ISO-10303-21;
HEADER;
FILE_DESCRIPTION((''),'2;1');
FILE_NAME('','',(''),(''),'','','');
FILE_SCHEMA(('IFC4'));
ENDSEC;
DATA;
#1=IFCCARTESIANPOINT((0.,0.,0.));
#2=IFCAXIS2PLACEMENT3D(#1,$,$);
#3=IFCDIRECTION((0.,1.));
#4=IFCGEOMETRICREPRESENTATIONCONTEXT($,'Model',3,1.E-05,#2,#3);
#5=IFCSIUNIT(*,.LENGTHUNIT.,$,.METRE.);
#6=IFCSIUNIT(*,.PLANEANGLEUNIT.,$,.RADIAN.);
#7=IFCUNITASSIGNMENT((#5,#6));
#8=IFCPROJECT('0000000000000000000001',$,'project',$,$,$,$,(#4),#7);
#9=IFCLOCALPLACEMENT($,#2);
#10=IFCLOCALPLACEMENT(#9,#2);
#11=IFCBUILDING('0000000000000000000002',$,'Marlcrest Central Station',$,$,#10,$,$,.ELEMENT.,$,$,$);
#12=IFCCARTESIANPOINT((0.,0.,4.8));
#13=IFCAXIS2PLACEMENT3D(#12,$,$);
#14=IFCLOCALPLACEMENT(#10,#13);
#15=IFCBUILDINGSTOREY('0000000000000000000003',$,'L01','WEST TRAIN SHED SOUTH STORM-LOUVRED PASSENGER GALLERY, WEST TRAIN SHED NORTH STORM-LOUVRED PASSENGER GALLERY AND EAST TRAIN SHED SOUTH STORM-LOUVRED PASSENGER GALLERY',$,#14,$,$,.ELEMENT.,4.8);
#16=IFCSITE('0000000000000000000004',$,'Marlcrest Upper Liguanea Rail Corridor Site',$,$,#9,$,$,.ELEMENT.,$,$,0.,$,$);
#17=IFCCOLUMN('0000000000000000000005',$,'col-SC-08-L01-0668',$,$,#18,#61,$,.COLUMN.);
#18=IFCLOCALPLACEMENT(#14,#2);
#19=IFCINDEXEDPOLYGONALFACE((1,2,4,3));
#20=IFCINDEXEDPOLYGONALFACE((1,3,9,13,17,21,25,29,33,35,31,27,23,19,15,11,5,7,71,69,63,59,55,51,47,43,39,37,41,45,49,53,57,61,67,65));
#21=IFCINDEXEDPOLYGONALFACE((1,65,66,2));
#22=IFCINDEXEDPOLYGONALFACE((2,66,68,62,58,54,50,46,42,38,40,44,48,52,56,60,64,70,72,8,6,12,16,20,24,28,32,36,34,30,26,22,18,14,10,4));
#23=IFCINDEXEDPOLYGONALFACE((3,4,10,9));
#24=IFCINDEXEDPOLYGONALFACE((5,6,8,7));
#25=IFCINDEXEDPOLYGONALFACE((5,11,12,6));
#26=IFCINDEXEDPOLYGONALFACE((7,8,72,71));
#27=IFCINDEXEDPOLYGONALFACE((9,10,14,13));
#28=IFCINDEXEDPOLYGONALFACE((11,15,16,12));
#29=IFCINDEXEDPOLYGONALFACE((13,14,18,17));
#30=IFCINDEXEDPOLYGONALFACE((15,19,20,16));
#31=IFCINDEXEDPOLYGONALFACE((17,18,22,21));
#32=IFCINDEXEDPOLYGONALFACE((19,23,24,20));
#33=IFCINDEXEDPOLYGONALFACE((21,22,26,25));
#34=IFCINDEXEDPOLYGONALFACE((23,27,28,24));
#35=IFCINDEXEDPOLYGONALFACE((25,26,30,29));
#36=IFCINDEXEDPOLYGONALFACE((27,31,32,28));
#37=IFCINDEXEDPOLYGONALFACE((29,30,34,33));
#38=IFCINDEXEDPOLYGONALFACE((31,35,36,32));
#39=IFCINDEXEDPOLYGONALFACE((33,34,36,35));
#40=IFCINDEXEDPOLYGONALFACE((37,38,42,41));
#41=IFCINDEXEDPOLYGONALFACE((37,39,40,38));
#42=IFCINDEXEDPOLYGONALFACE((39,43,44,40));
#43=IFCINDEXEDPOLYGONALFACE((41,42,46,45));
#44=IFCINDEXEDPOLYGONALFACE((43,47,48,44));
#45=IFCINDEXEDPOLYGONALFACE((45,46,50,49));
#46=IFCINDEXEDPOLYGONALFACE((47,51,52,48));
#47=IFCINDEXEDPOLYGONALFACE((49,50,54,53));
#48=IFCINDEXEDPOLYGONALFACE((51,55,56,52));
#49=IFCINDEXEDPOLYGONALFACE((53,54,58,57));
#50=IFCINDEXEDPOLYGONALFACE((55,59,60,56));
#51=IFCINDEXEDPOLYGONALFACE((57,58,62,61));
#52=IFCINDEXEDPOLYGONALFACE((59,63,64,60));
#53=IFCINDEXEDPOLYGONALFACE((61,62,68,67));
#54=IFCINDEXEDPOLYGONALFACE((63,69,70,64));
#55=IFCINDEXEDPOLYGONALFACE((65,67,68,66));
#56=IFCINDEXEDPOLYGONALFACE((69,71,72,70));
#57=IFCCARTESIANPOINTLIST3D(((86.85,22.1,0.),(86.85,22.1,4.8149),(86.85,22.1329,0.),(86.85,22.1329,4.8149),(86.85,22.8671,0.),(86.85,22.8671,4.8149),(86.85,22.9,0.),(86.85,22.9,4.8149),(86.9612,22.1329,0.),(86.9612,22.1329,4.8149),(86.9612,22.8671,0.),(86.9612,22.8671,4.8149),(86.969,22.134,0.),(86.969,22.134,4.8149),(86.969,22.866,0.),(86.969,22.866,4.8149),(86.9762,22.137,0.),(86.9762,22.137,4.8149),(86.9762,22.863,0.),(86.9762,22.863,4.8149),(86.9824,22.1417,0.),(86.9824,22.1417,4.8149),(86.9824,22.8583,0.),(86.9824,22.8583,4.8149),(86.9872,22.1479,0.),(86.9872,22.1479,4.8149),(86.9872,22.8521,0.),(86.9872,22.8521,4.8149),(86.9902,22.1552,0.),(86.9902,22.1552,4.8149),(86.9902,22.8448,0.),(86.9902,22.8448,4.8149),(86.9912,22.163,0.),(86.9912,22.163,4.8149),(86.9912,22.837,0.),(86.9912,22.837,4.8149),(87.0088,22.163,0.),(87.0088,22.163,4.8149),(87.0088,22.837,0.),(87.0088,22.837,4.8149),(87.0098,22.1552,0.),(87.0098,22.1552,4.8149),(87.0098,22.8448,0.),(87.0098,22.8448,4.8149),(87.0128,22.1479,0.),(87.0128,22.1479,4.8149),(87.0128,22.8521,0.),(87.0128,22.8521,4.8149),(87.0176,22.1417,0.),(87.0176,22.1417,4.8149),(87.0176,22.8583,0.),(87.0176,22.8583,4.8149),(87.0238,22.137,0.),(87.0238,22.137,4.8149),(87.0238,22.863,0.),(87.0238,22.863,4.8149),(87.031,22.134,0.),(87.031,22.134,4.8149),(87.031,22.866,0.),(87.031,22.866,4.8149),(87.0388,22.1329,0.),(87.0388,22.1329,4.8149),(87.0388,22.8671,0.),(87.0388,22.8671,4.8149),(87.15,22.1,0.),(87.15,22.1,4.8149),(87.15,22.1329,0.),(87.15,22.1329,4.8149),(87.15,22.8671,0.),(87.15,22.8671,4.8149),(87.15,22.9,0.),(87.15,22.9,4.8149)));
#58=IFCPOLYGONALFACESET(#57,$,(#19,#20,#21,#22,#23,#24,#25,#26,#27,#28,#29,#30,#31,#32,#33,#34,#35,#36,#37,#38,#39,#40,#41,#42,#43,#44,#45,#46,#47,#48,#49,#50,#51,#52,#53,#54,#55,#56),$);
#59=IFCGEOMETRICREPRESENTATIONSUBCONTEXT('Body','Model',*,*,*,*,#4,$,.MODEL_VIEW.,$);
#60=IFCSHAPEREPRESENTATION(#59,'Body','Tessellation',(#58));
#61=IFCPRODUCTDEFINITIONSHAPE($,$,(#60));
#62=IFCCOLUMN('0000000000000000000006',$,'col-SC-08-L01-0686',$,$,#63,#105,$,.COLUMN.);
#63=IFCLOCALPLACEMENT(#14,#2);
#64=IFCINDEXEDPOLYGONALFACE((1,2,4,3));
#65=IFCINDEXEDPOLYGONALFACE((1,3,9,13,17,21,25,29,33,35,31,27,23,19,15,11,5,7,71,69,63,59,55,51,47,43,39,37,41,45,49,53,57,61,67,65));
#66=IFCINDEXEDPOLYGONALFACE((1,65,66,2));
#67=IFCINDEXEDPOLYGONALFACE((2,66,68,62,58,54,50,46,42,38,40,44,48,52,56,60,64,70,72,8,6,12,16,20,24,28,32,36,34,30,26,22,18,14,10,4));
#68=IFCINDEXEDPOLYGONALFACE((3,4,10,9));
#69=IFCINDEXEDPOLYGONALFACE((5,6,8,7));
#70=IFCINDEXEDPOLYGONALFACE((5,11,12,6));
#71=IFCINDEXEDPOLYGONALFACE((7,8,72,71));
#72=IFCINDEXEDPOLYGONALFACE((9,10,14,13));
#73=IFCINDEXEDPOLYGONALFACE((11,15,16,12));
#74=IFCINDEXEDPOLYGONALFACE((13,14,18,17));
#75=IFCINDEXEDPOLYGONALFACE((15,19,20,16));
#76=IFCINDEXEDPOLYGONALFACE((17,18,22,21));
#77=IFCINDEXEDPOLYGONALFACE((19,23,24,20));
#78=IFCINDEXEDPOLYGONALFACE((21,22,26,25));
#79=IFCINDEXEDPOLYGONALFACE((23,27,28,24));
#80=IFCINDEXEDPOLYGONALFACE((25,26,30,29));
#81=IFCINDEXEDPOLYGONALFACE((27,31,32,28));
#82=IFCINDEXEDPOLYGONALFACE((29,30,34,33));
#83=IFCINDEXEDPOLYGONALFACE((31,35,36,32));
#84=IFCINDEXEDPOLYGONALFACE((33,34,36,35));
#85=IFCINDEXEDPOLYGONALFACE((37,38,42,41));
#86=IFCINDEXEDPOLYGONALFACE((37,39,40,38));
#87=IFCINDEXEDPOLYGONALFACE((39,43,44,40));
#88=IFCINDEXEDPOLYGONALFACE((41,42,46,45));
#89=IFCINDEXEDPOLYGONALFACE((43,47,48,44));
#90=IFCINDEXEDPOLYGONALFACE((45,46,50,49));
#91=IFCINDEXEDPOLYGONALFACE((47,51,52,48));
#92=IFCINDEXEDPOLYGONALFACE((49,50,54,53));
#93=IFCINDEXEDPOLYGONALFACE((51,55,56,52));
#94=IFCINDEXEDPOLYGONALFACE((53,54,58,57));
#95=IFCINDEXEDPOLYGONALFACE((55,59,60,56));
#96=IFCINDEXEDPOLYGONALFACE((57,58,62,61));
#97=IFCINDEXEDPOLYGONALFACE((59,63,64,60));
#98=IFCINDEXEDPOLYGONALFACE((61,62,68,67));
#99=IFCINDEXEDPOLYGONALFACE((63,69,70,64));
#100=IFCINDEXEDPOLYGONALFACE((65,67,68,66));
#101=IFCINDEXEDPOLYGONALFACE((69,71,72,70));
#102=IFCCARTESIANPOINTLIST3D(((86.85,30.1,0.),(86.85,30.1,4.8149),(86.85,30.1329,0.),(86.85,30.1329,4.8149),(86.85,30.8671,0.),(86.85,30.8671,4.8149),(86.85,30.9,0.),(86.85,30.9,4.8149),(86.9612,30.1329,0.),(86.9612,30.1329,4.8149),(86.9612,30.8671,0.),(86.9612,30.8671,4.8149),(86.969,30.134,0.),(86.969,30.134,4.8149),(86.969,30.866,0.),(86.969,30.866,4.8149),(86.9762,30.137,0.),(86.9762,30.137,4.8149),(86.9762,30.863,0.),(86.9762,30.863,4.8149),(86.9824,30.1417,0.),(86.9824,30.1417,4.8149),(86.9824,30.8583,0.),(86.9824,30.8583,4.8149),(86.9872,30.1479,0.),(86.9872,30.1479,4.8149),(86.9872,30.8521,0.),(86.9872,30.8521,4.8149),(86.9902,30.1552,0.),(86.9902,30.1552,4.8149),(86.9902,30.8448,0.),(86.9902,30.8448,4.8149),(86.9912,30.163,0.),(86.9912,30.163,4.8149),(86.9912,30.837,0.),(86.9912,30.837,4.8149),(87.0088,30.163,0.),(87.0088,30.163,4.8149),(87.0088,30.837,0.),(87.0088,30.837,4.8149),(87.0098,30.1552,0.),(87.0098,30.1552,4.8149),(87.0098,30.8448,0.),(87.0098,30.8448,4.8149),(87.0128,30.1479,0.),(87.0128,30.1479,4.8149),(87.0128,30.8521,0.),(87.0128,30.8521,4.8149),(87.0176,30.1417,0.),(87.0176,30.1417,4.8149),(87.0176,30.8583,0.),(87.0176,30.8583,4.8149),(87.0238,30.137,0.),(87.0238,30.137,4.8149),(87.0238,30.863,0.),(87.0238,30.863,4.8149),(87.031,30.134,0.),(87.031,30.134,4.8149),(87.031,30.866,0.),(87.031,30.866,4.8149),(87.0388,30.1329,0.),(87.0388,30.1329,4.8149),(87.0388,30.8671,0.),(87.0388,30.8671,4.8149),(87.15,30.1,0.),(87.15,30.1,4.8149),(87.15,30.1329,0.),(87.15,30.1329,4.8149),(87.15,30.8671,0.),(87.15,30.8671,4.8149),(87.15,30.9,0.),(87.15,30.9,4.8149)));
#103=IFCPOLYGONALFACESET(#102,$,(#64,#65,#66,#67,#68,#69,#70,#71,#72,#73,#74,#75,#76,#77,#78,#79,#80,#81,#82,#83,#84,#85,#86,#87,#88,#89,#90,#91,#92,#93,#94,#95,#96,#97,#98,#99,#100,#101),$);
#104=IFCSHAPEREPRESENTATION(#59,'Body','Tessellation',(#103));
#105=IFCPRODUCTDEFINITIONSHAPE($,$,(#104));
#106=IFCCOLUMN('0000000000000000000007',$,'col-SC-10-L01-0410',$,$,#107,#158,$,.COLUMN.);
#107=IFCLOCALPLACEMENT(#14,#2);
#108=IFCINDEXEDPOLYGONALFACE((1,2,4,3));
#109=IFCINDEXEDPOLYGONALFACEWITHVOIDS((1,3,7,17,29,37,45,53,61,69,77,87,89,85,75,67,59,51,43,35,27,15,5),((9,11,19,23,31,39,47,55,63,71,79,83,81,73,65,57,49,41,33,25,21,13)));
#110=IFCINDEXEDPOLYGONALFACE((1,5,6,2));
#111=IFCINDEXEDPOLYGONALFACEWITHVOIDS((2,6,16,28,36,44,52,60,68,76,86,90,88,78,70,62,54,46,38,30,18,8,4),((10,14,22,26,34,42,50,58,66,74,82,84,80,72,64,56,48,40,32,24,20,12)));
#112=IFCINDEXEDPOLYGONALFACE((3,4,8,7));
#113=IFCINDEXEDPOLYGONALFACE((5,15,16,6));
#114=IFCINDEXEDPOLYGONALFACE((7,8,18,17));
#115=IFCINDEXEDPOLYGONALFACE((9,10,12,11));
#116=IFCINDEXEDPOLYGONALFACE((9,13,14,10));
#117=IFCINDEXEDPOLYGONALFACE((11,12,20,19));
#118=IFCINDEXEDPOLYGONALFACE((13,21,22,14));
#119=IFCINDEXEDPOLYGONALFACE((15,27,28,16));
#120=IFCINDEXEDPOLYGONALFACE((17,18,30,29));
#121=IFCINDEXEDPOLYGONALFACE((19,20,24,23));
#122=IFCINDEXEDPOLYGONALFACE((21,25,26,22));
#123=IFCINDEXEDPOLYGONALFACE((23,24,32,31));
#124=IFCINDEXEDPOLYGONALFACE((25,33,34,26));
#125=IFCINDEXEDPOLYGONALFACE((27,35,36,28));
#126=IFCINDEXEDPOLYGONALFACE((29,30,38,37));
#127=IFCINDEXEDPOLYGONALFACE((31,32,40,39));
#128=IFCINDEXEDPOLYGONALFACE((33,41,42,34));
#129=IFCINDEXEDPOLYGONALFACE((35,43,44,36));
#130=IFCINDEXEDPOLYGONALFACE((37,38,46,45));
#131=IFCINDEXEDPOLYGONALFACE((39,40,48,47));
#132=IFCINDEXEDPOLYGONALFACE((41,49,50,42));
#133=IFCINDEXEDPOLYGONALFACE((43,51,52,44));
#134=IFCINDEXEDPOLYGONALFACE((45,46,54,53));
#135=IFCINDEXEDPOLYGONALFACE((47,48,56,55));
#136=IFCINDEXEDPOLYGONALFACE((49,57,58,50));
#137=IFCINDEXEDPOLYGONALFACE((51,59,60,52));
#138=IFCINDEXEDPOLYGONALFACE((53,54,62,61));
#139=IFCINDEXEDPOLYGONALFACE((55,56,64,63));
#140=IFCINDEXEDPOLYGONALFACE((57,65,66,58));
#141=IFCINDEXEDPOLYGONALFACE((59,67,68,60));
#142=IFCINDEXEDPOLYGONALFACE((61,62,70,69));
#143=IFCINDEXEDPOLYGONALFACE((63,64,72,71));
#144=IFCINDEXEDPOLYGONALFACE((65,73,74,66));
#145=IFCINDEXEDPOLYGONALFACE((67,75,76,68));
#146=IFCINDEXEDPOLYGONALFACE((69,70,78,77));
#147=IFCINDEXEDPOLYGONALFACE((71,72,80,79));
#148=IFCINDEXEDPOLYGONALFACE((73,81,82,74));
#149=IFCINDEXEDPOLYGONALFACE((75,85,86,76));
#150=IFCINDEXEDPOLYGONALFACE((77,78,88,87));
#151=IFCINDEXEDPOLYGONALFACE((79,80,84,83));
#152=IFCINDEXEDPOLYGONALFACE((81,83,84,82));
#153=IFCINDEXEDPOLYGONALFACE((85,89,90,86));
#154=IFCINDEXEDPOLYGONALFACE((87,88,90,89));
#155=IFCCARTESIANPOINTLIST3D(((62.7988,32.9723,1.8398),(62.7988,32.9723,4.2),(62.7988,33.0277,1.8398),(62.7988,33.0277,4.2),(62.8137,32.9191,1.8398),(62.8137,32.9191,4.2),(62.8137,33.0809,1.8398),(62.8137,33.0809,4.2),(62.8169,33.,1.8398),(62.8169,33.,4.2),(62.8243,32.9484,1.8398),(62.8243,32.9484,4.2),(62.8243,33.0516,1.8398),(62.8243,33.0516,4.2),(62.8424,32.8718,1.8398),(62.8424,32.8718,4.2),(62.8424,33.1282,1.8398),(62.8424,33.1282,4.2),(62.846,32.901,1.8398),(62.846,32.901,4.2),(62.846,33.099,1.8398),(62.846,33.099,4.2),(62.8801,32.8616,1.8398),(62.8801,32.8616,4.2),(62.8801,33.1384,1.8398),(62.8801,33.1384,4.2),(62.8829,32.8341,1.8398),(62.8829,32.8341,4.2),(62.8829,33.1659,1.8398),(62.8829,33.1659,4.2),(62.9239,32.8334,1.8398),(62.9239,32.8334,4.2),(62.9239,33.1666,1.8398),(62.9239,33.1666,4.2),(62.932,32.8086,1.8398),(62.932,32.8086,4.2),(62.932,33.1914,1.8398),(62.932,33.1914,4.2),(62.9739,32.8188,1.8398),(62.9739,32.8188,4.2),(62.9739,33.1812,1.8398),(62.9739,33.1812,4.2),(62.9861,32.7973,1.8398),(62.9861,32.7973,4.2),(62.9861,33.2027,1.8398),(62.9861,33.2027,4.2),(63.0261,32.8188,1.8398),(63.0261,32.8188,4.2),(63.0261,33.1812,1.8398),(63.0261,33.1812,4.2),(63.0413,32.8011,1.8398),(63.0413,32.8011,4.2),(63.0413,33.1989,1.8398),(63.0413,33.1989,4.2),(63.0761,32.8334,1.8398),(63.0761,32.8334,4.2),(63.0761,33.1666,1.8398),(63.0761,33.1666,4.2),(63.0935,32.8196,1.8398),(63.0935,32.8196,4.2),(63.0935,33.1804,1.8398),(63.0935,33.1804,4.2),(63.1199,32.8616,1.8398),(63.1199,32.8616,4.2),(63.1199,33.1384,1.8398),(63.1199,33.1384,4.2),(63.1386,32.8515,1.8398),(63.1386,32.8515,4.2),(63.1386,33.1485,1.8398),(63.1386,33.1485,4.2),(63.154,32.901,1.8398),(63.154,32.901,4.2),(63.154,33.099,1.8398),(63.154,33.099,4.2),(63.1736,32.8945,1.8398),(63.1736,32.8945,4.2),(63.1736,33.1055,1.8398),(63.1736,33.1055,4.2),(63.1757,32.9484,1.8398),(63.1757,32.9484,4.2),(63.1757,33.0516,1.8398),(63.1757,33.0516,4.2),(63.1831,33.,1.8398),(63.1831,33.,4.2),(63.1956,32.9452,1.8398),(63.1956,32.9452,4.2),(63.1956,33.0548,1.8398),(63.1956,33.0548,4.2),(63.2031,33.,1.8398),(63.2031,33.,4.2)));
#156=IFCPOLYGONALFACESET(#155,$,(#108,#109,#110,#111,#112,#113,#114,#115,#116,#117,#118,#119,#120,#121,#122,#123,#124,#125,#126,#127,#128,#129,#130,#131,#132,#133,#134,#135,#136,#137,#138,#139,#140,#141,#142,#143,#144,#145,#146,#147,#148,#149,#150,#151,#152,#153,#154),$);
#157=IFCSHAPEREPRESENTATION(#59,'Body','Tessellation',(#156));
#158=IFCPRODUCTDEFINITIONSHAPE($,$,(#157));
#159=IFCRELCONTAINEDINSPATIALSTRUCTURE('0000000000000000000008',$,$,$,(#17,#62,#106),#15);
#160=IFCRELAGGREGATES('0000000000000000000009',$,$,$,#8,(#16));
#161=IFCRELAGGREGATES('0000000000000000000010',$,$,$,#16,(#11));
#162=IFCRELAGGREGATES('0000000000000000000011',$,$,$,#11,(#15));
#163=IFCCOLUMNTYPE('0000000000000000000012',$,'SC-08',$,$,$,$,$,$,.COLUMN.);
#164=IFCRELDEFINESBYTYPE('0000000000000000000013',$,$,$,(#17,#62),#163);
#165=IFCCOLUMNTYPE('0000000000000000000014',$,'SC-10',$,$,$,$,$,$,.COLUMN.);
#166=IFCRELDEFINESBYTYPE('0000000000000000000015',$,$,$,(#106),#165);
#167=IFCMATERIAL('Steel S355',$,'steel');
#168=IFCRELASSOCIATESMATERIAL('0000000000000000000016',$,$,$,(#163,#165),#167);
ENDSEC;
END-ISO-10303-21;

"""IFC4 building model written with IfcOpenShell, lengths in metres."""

from ifc_helpers import new_model, si_unit, direction, frame, origin, origin_2d, place, context, subcontext, project, spatial, hollow_circle, i_section, extrude, material, material_profile, profile_set, type_object, element, save


model = new_model("IFC4")

# Units and contexts
model_context = context("Model", 3, precision=1e-05, world=origin(), true_north=direction((0.0, 1.0)))
body_context = subcontext(model_context, "Body", "Model", "MODEL_VIEW")
ifc_project = project(units=[si_unit("LENGTHUNIT", "METRE"), si_unit("PLANEANGLEUNIT", "RADIAN")], contexts=[model_context])

# Site, building, storey
site_placement = place(None, origin())
site = spatial("IfcSite", under=ifc_project, at=site_placement, Name="Marlcrest Upper Liguanea Rail Corridor Site", CompositionType="ELEMENT", RefElevation=0.0)
building_placement = place(site_placement, origin())
building = spatial("IfcBuilding", under=site, at=building_placement, Name="Marlcrest Central Station", CompositionType="ELEMENT")
storey_placement = place(building_placement, frame((0.0, 0.0, 4.8)))
storey = spatial("IfcBuildingStorey", under=building, at=storey_placement, Name="L01", Description="WEST TRAIN SHED SOUTH STORM-LOUVRED PASSENGER GALLERY, WEST TRAIN SHED NORTH STORM-LOUVRED PASSENGER GALLERY AND EAST TRAIN SHED SOUTH STORM-LOUVRED PASSENGER GALLERY", CompositionType="ELEMENT", Elevation=4.8)

# Columns
ifc_material_1 = material(Name="Steel S355", Category="steel")
ifc_material_profile_1 = material_profile(ifc_material_1, i_section(OverallWidth=0.3, OverallDepth=0.8, WebThickness=0.0176, FlangeThickness=0.033, FilletRadius=0.03, at=origin_2d()), Name="HEB 800")
ifc_profile_set_1 = profile_set([ifc_material_profile_1], Name="Steel S355")
column_type_1 = type_object("IfcColumnType", Name="SC-08", PredefinedType="COLUMN", material=ifc_profile_set_1)
for number, where, z_axis, x_axis, name in (
    (1, (87.0, 22.5, 0.0), (0.0, 0.0, 1.0), (1.0, 0.0, 0.0), "col-SC-08-L01-0668"),
    (2, (87.0, 30.5, 0.0), (0.0, 0.0, 1.0), (1.0, 0.0, 0.0), "col-SC-08-L01-0686"),
):
    element("IfcColumn", number, at=place(storey_placement, frame(where, z_axis=z_axis, x_axis=x_axis)), inside=storey, type_object=column_type_1, Name=name, PredefinedType="COLUMN", context=body_context, shape_type="SweptSolid", body=[
        extrude(i_section(OverallWidth=0.3, OverallDepth=0.8, WebThickness=0.0176, FlangeThickness=0.033, FilletRadius=0.03, at=origin_2d()), origin(), (0.0, 0.0, 1.0), 4.8149),
    ])
ifc_material_profile_2 = material_profile(ifc_material_1, hollow_circle(Radius=0.2031, WallThickness=0.02, at=origin_2d()), Name="CHS 406.4x20")
ifc_profile_set_2 = profile_set([ifc_material_profile_2], Name="Steel S355")
column_type_2 = type_object("IfcColumnType", Name="SC-10", PredefinedType="COLUMN", material=ifc_profile_set_2)
column_1_placement = place(storey_placement, frame((63.0, 33.0, 1.8398), z_axis=(0.0, 0.0, 1.0), x_axis=(1.0, 0.0, 0.0)))
element("IfcColumn", 3, at=column_1_placement, inside=storey, type_object=column_type_2, Name="col-SC-10-L01-0410", PredefinedType="COLUMN", context=body_context, shape_type="SweptSolid", body=[
    extrude(hollow_circle(Radius=0.2031, WallThickness=0.02, at=origin_2d()), origin(), (0.0, 0.0, 1.0), 2.3601),
])

save(model, "model.ifc")
